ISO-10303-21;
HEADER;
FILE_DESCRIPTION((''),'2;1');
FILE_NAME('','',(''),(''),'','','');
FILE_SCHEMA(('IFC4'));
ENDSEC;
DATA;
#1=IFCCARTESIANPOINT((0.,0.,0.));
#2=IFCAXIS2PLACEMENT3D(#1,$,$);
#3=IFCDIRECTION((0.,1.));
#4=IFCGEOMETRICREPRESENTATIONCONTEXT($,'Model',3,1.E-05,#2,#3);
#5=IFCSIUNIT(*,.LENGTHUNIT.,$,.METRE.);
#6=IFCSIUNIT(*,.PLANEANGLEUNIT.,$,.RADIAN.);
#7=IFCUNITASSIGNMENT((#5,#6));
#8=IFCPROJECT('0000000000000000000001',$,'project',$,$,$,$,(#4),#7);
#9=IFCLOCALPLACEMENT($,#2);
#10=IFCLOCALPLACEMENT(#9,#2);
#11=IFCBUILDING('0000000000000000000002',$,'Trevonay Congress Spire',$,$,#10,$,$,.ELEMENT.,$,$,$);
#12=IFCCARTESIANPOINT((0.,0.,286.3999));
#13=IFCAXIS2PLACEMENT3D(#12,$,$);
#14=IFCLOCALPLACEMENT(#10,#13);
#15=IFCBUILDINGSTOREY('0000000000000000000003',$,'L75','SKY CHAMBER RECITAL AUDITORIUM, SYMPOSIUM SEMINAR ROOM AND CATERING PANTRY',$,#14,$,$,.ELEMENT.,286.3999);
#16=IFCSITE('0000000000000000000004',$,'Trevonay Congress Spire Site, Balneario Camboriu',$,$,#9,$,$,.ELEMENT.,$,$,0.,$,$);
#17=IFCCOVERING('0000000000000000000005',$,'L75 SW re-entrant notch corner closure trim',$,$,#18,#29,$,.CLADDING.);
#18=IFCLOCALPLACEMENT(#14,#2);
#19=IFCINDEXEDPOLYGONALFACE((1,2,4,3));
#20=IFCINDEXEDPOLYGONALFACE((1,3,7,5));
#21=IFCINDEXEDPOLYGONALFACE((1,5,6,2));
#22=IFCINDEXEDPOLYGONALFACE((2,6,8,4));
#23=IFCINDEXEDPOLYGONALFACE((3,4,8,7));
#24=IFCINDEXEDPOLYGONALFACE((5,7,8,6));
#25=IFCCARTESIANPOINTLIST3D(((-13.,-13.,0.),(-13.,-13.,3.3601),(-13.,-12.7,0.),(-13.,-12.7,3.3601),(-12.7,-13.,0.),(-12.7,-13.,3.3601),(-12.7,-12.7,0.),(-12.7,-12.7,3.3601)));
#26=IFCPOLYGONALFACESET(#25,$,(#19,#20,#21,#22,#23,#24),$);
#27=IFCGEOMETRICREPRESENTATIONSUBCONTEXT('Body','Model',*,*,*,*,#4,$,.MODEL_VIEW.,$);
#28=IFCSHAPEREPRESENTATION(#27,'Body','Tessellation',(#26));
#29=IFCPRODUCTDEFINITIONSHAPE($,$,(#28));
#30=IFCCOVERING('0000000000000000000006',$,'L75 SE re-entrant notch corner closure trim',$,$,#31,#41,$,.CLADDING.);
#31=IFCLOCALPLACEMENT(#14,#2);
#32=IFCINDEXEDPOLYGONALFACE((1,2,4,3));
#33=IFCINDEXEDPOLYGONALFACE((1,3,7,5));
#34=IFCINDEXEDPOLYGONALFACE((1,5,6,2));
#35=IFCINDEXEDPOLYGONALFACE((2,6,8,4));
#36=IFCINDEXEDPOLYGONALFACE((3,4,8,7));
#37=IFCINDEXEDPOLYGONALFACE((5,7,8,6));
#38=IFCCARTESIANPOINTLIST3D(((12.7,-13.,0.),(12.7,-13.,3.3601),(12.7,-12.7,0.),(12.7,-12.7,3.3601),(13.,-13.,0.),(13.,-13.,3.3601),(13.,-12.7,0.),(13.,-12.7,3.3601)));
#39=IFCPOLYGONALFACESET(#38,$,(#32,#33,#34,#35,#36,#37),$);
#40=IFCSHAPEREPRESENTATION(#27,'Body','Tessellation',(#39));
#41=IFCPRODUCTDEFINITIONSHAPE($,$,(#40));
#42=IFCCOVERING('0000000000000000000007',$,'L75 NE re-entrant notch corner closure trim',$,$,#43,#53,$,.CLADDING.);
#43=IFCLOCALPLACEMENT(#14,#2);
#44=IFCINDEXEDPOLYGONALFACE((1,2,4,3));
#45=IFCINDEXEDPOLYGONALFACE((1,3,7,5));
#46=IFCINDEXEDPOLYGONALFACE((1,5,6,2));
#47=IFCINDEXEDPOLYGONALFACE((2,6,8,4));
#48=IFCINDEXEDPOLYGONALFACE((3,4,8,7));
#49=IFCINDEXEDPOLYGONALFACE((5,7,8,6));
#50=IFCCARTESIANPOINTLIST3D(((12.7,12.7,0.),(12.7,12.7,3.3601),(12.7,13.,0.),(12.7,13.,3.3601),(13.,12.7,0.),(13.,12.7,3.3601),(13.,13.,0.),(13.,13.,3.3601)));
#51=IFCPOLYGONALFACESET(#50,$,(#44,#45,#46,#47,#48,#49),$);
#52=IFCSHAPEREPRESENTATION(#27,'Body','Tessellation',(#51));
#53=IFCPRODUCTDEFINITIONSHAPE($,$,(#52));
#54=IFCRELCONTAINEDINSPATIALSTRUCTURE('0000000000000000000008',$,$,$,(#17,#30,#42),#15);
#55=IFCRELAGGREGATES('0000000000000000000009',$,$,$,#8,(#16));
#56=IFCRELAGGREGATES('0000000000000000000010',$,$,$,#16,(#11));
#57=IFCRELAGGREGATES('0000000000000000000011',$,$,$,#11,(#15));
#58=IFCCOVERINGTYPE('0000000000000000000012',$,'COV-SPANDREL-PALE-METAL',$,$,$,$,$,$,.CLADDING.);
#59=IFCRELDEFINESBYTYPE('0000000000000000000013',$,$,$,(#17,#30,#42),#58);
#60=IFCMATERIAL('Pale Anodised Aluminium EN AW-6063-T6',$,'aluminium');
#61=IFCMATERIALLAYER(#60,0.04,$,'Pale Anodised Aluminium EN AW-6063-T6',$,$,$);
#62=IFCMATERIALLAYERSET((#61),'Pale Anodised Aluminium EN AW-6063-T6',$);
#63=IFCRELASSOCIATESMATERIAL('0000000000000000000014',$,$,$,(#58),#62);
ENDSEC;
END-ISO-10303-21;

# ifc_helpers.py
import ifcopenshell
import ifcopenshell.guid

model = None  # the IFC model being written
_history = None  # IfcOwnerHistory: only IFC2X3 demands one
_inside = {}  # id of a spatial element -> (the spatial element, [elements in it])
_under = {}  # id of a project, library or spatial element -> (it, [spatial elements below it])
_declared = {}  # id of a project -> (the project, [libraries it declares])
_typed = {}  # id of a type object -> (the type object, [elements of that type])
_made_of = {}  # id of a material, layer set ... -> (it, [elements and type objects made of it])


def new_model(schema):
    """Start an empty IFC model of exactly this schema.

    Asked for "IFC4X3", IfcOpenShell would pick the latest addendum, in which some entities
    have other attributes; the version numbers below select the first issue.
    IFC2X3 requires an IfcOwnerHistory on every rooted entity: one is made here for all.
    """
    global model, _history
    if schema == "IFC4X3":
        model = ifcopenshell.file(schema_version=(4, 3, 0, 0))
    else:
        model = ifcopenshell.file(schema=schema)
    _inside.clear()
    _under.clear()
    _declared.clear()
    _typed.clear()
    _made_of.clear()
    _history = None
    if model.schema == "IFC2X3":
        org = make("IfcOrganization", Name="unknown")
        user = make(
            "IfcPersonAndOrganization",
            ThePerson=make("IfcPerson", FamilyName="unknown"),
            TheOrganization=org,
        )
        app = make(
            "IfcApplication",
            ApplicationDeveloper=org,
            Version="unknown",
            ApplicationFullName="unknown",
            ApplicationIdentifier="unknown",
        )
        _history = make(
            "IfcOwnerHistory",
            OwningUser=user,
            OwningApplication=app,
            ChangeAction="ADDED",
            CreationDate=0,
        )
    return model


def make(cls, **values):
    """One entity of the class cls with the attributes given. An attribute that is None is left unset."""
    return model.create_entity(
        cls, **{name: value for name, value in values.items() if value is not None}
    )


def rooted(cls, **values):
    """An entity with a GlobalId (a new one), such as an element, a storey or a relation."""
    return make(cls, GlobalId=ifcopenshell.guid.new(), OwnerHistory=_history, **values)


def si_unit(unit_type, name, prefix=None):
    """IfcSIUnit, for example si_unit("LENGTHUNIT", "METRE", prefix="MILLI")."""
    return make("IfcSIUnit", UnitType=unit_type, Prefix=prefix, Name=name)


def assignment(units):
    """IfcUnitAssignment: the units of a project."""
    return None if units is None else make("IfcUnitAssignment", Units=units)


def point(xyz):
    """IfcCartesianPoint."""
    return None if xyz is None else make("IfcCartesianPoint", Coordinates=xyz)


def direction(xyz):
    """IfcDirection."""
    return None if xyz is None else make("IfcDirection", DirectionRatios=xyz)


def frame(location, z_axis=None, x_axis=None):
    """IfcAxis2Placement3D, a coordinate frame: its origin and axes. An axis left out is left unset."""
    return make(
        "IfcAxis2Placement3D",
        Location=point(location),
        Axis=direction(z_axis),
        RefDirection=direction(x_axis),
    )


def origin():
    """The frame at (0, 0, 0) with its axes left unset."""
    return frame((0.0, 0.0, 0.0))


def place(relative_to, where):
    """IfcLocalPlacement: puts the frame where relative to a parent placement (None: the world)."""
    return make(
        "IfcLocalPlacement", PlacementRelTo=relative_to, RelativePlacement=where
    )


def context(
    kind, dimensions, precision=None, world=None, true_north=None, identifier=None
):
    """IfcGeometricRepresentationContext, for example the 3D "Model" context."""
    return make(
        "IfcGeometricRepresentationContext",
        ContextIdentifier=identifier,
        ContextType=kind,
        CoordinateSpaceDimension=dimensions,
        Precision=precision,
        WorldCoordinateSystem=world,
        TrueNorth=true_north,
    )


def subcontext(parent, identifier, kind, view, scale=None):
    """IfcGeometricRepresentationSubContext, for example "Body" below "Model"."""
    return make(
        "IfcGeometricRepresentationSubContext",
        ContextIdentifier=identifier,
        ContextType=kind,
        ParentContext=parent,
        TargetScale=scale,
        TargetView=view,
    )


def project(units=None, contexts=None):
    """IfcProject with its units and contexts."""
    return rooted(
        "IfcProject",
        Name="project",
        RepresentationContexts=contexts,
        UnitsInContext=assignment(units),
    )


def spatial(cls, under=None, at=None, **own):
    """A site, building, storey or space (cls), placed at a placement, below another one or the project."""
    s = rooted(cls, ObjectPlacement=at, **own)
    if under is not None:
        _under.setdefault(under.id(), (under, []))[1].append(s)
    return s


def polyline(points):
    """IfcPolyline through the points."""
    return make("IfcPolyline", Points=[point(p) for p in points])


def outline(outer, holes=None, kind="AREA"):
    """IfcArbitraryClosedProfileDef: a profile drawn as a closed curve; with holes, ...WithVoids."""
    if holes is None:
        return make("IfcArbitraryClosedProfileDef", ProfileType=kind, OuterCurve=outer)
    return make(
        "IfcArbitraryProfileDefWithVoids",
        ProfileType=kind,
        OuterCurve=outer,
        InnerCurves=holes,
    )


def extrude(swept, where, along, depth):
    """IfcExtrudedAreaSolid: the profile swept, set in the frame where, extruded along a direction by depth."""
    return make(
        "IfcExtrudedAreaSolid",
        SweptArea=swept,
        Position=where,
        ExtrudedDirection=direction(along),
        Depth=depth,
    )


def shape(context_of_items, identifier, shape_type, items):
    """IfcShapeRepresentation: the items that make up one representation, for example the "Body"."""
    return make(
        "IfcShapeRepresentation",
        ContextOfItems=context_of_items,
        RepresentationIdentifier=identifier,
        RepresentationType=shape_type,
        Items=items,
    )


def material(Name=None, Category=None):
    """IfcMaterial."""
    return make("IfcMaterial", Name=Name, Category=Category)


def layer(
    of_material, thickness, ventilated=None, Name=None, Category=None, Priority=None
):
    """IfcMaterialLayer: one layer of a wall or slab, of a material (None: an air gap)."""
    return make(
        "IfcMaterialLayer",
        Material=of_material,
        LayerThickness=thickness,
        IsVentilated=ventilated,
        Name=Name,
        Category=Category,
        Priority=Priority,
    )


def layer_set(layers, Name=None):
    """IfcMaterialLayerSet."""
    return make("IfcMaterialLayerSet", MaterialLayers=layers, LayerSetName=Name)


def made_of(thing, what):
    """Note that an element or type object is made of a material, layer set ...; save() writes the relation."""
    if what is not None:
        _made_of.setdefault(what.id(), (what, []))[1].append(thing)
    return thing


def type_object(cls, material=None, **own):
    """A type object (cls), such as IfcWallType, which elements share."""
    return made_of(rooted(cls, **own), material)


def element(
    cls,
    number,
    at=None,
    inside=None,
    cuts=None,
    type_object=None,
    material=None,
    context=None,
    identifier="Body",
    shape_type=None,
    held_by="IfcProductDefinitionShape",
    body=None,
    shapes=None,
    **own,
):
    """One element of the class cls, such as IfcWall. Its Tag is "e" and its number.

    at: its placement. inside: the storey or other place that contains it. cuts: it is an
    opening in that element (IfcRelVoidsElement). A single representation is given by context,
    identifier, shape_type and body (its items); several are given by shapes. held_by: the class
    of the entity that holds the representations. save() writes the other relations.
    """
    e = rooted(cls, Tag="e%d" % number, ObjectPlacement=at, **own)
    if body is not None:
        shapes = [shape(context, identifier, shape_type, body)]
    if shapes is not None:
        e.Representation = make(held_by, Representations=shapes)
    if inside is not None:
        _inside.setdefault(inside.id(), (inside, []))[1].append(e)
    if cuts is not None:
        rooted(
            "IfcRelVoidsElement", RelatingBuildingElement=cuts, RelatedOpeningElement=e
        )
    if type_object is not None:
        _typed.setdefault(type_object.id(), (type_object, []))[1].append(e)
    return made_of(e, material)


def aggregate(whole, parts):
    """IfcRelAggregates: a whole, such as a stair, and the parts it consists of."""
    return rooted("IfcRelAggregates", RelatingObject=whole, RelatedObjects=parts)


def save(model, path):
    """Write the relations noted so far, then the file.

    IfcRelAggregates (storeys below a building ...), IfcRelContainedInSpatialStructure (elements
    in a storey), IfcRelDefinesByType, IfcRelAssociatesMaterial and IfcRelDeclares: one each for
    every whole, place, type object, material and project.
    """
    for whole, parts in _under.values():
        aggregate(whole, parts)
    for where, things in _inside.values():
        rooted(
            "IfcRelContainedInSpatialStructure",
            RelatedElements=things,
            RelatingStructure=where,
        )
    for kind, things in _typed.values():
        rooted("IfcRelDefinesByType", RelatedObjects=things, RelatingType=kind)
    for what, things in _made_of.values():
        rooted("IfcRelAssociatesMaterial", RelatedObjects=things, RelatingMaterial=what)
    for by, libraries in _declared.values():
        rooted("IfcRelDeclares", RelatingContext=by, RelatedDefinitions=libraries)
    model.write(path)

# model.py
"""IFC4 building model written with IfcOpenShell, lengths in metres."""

from ifc_helpers import new_model, si_unit, direction, frame, origin, place, context, subcontext, project, spatial, polyline, outline, extrude, material, layer, layer_set, type_object, element, save


model = new_model("IFC4")

# Units and contexts
model_context = context("Model", 3, precision=1e-05, world=origin(), true_north=direction((0.0, 1.0)))
body_context = subcontext(model_context, "Body", "Model", "MODEL_VIEW")
ifc_project = project(units=[si_unit("LENGTHUNIT", "METRE"), si_unit("PLANEANGLEUNIT", "RADIAN")], contexts=[model_context])

# Site, building, storey
site_placement = place(None, origin())
site = spatial("IfcSite", under=ifc_project, at=site_placement, Name="Trevonay Congress Spire Site, Balneario Camboriu", CompositionType="ELEMENT", RefElevation=0.0)
building_placement = place(site_placement, origin())
building = spatial("IfcBuilding", under=site, at=building_placement, Name="Trevonay Congress Spire", CompositionType="ELEMENT")
storey_placement = place(building_placement, frame((0.0, 0.0, 286.3999)))
storey = spatial("IfcBuildingStorey", under=building, at=storey_placement, Name="L75", Description="SKY CHAMBER RECITAL AUDITORIUM, SYMPOSIUM SEMINAR ROOM AND CATERING PANTRY", CompositionType="ELEMENT", Elevation=286.3999)

# Shared definitions
ifc_material_1 = material(Name="Pale Anodised Aluminium EN AW-6063-T6", Category="aluminium")

# Coverings
ifc_layer_1 = layer(ifc_material_1, 0.04, Name="Pale Anodised Aluminium EN AW-6063-T6")
ifc_layer_set_1 = layer_set([ifc_layer_1], Name="Pale Anodised Aluminium EN AW-6063-T6")
covering_type = type_object("IfcCoveringType", Name="COV-SPANDREL-PALE-METAL", PredefinedType="CLADDING", material=ifc_layer_set_1)
covering_1_placement = place(storey_placement, origin())
element("IfcCovering", 1, at=covering_1_placement, inside=storey, type_object=covering_type, Name="L75 SW re-entrant notch corner closure trim", PredefinedType="CLADDING", context=body_context, shape_type="SweptSolid", body=[
    extrude(outline(polyline([(-13.0, -13.0), (-12.7, -13.0), (-12.7, -12.7), (-13.0, -12.7), (-13.0, -13.0)])), origin(), (0.0, 0.0, 1.0), 3.3601),
])
covering_2_placement = place(storey_placement, origin())
element("IfcCovering", 2, at=covering_2_placement, inside=storey, type_object=covering_type, Name="L75 SE re-entrant notch corner closure trim", PredefinedType="CLADDING", context=body_context, shape_type="SweptSolid", body=[
    extrude(outline(polyline([(12.7, -13.0), (13.0, -13.0), (13.0, -12.7), (12.7, -12.7), (12.7, -13.0)])), origin(), (0.0, 0.0, 1.0), 3.3601),
])
covering_3_placement = place(storey_placement, origin())
element("IfcCovering", 3, at=covering_3_placement, inside=storey, type_object=covering_type, Name="L75 NE re-entrant notch corner closure trim", PredefinedType="CLADDING", context=body_context, shape_type="SweptSolid", body=[
    extrude(outline(polyline([(12.7, 12.7), (13.0, 12.7), (13.0, 13.0), (12.7, 13.0), (12.7, 12.7)])), origin(), (0.0, 0.0, 1.0), 3.3601),
])

save(model, "model.ifc")
